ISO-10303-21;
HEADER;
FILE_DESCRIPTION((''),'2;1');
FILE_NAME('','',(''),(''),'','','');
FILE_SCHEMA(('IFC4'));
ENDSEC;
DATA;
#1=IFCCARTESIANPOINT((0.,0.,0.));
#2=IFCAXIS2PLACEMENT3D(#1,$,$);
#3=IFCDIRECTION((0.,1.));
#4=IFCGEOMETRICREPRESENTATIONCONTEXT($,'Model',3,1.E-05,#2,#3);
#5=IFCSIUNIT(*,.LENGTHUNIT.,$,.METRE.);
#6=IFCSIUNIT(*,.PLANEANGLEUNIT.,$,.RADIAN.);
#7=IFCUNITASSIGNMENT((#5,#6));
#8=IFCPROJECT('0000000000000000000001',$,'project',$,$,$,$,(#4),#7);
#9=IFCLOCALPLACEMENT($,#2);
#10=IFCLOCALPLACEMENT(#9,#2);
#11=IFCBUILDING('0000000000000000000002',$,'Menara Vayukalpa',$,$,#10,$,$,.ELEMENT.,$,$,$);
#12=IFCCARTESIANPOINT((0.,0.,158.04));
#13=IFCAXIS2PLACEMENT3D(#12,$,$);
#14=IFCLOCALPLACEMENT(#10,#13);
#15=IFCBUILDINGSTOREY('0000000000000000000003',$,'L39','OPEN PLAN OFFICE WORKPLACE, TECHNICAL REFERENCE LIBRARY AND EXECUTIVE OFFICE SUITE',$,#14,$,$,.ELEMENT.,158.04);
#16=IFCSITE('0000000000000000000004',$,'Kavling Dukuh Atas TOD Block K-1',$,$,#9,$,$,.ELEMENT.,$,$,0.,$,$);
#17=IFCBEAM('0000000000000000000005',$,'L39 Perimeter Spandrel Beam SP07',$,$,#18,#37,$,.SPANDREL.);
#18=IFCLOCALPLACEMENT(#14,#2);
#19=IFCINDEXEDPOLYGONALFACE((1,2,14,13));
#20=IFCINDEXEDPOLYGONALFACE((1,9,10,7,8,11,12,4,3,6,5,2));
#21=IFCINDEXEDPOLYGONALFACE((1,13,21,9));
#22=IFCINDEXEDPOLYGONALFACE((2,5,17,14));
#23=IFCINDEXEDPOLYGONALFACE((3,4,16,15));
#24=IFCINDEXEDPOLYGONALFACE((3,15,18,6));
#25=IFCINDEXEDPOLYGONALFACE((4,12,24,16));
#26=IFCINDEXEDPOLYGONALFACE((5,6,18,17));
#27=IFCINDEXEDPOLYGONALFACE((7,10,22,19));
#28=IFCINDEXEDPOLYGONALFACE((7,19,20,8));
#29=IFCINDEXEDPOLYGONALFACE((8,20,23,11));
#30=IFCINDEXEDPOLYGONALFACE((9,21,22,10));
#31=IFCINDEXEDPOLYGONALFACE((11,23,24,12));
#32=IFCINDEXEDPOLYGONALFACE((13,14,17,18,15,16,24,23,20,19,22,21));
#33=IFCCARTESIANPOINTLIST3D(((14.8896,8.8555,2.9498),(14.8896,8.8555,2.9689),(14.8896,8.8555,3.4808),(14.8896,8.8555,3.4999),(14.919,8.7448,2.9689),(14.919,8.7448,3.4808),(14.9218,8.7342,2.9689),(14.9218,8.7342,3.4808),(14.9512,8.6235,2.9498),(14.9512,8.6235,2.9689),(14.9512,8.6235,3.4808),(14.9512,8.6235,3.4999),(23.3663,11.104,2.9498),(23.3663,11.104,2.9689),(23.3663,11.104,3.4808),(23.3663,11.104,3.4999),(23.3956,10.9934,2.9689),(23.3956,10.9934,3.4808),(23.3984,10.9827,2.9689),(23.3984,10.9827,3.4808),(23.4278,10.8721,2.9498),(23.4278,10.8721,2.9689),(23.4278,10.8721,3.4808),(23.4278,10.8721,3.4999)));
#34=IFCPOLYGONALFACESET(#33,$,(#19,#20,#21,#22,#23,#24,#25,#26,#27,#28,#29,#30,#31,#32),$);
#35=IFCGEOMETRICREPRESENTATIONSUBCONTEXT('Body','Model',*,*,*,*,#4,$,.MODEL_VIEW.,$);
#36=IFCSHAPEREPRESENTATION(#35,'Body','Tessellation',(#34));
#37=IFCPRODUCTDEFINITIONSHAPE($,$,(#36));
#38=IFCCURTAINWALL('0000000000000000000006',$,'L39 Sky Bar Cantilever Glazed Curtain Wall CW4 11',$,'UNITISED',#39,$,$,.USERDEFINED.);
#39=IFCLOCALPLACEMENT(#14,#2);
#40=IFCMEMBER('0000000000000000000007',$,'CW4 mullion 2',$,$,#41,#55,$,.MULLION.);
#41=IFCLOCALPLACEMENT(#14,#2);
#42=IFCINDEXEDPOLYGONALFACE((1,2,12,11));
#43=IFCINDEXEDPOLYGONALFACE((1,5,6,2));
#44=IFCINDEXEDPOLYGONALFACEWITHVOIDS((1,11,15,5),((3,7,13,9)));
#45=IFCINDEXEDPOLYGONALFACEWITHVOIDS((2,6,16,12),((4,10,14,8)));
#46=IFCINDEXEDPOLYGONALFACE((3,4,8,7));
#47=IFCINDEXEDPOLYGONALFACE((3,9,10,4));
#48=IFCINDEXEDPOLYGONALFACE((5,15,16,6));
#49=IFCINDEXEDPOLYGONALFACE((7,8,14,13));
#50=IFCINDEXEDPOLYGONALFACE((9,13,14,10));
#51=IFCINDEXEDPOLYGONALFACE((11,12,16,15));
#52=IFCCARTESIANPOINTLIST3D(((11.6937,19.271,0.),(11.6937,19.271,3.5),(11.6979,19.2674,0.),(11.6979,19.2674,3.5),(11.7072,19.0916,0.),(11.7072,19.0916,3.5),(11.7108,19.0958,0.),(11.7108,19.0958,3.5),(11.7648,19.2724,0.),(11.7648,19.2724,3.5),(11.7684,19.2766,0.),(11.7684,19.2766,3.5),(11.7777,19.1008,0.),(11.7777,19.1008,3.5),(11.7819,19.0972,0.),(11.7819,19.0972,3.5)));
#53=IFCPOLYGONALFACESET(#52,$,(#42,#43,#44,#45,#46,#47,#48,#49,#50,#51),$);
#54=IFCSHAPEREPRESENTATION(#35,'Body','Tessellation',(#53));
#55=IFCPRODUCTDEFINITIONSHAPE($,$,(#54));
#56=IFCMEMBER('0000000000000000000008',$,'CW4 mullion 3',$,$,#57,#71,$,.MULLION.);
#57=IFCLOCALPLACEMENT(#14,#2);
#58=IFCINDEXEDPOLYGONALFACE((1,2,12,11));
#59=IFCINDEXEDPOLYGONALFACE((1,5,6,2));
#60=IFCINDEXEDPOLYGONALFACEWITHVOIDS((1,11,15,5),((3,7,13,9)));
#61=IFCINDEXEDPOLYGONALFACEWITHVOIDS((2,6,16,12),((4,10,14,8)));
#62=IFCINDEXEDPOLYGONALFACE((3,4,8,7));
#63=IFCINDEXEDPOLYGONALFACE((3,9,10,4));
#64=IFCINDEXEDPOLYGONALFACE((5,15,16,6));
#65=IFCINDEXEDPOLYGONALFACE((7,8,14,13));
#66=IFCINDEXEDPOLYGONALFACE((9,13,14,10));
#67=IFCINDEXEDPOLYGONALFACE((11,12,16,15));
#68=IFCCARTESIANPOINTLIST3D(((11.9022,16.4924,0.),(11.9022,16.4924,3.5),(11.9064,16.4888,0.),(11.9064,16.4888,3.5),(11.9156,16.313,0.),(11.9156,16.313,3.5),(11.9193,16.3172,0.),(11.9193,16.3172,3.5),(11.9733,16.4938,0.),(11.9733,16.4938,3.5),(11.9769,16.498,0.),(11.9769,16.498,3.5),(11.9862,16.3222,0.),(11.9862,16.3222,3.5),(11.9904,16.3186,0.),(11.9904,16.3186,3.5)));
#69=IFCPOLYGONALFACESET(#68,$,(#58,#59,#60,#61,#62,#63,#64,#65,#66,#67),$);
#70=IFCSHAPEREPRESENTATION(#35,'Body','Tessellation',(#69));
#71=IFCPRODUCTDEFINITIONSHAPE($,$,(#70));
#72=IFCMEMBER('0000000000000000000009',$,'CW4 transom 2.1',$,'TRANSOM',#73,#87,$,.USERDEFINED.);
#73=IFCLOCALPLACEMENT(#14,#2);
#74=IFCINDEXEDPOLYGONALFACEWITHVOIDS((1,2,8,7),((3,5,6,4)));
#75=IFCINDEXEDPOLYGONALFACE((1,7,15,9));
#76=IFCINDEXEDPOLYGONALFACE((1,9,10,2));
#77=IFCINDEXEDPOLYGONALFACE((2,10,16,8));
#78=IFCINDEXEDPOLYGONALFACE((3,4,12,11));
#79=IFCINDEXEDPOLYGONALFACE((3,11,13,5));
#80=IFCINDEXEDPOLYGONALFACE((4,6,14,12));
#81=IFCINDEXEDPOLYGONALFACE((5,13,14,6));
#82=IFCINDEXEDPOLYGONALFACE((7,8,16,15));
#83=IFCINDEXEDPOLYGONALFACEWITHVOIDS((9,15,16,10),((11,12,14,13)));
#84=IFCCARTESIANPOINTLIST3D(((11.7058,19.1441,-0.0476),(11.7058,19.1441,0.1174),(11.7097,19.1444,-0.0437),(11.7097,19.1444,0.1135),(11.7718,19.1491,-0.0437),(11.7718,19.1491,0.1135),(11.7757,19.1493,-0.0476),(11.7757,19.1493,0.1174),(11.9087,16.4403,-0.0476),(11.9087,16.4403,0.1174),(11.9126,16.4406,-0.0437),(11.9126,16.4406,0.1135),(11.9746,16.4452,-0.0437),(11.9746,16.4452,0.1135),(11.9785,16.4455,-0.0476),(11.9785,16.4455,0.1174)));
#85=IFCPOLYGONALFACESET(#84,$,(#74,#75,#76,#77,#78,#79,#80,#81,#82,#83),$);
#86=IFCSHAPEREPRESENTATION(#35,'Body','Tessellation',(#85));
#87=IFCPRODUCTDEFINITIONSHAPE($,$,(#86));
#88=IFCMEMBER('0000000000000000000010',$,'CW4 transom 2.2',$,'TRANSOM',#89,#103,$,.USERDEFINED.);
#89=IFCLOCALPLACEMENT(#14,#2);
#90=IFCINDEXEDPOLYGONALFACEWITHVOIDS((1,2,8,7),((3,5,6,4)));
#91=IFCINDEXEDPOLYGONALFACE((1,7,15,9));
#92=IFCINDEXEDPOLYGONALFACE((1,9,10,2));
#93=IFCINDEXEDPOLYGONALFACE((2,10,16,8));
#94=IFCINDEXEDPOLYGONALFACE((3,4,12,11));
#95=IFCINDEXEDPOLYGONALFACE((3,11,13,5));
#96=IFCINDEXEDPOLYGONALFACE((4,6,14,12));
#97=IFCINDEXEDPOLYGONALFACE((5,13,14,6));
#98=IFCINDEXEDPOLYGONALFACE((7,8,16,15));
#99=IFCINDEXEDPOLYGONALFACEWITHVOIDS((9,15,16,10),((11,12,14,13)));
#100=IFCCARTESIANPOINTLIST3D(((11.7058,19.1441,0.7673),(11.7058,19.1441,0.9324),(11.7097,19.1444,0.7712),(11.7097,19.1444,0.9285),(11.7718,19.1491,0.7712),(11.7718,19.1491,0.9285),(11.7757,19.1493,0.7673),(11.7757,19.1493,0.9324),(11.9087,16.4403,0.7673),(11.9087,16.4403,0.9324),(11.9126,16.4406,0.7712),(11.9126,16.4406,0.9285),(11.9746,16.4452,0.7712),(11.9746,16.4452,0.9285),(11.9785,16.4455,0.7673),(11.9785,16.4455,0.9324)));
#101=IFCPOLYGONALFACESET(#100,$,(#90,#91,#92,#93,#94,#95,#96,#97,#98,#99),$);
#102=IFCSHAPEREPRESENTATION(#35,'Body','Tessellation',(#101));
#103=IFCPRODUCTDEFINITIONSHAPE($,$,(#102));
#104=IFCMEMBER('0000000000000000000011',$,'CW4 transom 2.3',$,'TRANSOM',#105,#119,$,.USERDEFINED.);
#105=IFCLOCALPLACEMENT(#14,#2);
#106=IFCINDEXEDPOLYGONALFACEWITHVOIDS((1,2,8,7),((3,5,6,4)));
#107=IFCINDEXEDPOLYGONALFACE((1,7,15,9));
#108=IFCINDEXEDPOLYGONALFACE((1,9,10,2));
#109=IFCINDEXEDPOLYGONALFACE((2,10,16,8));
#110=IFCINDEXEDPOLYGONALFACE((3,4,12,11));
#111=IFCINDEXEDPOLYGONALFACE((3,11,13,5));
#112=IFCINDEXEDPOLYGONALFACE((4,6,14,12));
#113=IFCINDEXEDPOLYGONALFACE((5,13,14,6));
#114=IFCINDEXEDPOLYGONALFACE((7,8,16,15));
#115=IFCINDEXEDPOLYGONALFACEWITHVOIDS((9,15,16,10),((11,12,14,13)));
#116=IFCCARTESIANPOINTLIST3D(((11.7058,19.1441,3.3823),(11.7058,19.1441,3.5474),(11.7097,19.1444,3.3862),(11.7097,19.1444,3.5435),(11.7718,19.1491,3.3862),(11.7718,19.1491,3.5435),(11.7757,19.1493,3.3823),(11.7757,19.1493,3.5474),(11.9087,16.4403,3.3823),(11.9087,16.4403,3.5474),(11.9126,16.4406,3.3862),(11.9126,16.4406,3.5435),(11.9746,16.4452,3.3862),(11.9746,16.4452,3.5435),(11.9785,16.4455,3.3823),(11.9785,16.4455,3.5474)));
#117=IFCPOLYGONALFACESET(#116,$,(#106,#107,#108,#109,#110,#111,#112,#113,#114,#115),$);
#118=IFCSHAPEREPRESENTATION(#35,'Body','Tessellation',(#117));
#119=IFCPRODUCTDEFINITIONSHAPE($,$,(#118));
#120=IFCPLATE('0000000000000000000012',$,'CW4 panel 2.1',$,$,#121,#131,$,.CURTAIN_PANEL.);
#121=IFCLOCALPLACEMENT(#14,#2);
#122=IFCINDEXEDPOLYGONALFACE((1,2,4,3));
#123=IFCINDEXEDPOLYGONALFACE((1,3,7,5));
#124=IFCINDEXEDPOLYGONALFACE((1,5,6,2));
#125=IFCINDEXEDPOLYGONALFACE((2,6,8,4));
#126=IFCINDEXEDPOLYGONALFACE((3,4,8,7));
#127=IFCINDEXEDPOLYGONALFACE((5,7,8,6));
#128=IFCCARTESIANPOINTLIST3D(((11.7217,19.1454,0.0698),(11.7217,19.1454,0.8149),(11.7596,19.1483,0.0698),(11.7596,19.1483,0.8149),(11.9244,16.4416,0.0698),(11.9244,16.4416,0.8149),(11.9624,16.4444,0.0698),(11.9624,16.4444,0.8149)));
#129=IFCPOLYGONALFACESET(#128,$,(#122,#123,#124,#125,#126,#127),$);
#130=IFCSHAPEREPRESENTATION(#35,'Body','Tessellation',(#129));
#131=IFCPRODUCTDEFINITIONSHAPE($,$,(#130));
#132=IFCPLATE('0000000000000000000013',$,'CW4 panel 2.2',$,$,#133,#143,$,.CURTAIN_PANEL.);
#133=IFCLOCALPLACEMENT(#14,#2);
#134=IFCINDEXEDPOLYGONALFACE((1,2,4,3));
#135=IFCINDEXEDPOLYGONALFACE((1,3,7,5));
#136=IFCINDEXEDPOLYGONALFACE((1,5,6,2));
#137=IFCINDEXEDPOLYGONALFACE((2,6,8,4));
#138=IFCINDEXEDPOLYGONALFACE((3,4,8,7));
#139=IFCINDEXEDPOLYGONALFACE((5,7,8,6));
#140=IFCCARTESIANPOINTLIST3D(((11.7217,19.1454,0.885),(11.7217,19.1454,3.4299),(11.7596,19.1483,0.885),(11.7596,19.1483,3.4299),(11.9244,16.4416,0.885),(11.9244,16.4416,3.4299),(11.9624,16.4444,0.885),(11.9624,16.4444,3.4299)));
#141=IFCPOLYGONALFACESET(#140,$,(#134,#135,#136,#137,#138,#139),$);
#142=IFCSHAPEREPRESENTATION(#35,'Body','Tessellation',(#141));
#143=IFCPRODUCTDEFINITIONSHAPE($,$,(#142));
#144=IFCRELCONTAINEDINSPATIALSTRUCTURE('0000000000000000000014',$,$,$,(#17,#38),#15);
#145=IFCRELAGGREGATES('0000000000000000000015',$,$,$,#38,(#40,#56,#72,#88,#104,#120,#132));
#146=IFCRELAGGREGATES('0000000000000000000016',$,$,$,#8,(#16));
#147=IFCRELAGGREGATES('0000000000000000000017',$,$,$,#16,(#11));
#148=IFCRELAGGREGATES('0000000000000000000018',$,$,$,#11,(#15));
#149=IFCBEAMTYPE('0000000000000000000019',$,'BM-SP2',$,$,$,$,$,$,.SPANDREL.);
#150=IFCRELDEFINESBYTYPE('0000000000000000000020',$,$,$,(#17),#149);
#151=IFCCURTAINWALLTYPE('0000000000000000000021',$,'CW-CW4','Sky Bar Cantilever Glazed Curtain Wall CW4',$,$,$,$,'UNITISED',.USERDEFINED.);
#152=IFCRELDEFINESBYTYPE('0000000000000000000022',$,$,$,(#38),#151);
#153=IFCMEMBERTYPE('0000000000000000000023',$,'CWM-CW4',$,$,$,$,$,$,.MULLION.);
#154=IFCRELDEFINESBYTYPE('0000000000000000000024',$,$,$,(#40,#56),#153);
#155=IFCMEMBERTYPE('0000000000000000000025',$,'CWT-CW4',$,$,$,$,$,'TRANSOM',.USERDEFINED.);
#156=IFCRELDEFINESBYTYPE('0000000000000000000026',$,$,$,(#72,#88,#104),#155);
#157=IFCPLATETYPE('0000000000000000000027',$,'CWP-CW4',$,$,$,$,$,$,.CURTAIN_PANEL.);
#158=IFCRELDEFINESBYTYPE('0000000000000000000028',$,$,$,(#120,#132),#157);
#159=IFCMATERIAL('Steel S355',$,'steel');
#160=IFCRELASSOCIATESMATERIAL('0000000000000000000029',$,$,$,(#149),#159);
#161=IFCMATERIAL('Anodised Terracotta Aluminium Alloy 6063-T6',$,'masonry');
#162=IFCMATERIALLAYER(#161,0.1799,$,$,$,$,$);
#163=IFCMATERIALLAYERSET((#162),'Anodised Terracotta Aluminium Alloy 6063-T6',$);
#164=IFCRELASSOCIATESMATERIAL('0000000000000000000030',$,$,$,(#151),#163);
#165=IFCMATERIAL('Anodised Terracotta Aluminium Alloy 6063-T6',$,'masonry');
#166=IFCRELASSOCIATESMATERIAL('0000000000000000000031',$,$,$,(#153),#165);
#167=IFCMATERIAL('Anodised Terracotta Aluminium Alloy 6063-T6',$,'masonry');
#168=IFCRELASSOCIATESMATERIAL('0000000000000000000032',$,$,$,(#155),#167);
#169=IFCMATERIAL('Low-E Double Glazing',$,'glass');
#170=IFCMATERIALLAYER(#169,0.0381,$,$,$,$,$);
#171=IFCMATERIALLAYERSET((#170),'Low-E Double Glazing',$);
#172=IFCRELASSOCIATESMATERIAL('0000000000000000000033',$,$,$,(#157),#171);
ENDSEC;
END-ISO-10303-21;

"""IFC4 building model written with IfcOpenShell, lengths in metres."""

from ifc_helpers import new_model, si_unit, direction, frame, origin, origin_2d, place, context, subcontext, project, spatial, rectangle, hollow_rectangle, i_section, extrude, material, layer, layer_set, material_profile, profile_set, type_object, element, aggregate, save


model = new_model("IFC4")

# Units and contexts
model_context = context("Model", 3, precision=1e-05, world=origin(), true_north=direction((0.0, 1.0)))
body_context = subcontext(model_context, "Body", "Model", "MODEL_VIEW")
ifc_project = project(units=[si_unit("LENGTHUNIT", "METRE"), si_unit("PLANEANGLEUNIT", "RADIAN")], contexts=[model_context])

# Site, building, storey
site_placement = place(None, origin())
site = spatial("IfcSite", under=ifc_project, at=site_placement, Name="Kavling Dukuh Atas TOD Block K-1", CompositionType="ELEMENT", RefElevation=0.0)
building_placement = place(site_placement, origin())
building = spatial("IfcBuilding", under=site, at=building_placement, Name="Menara Vayukalpa", CompositionType="ELEMENT")
storey_placement = place(building_placement, frame((0.0, 0.0, 158.04)))
storey = spatial("IfcBuildingStorey", under=building, at=storey_placement, Name="L39", Description="OPEN PLAN OFFICE WORKPLACE, TECHNICAL REFERENCE LIBRARY AND EXECUTIVE OFFICE SUITE", CompositionType="ELEMENT", Elevation=158.04)

# Beam
ifc_material_1 = material(Name="Steel S355", Category="steel")
ifc_material_profile_1 = material_profile(ifc_material_1, i_section(OverallWidth=0.24, OverallDepth=0.55, WebThickness=0.011, FlangeThickness=0.019, at=origin_2d()), Name="WF 550x240x11x19")
ifc_profile_set_1 = profile_set([ifc_material_profile_1], Name="Steel S355")
beam_type_1 = type_object("IfcBeamType", Name="BM-SP2", PredefinedType="SPANDREL", material=ifc_profile_set_1)
beam_1_placement = place(storey_placement, frame((14.9204, 8.7395, 3.2249), z_axis=(0.966571, 0.256398, 0.0), x_axis=(-0.256398, 0.966571, 0.0)))
element("IfcBeam", 1, at=beam_1_placement, inside=storey, type_object=beam_type_1, Name="L39 Perimeter Spandrel Beam SP07", PredefinedType="SPANDREL", context=body_context, shape_type="SweptSolid", body=[
    extrude(i_section(OverallWidth=0.24, OverallDepth=0.55, WebThickness=0.011, FlangeThickness=0.019, at=origin_2d()), origin(), (0.0, 0.0, 1.0), 8.7698),
])

# Curtain wall, members, plates
ifc_material_2 = material(Name="Anodised Terracotta Aluminium Alloy 6063-T6", Category="masonry")
ifc_layer_1 = layer(ifc_material_2, 0.1799)
ifc_layer_set_1 = layer_set([ifc_layer_1], Name="Anodised Terracotta Aluminium Alloy 6063-T6")
curtain_wall_type = type_object("IfcCurtainWallType", Name="CW-CW4", Description="Sky Bar Cantilever Glazed Curtain Wall CW4", ElementType="UNITISED", PredefinedType="USERDEFINED", material=ifc_layer_set_1)
curtain_wall_placement = place(storey_placement, origin())
curtain_wall = element("IfcCurtainWall", 2, at=curtain_wall_placement, inside=storey, type_object=curtain_wall_type, Name="L39 Sky Bar Cantilever Glazed Curtain Wall CW4 11", ObjectType="UNITISED", PredefinedType="USERDEFINED")
ifc_material_3 = material(Name="Anodised Terracotta Aluminium Alloy 6063-T6", Category="masonry")
ifc_material_profile_2 = material_profile(ifc_material_3, hollow_rectangle(XDim=0.075, YDim=0.1799, WallThickness=0.0039, at=origin_2d()), Name="ALU 75x180x4")
ifc_profile_set_2 = profile_set([ifc_material_profile_2], Name="Anodised Terracotta Aluminium Alloy 6063-T6")
member_type_1 = type_object("IfcMemberType", Name="CWM-CW4", PredefinedType="MULLION", material=ifc_profile_set_2)
member_1_placement = place(storey_placement, frame((11.7378, 19.1841, 0.0), z_axis=(0.0, 0.0, 1.0), x_axis=(0.997199, 0.074793, 0.0)))
member_1 = element("IfcMember", 3, at=member_1_placement, type_object=member_type_1, Name="CW4 mullion 2", PredefinedType="MULLION", context=body_context, shape_type="SweptSolid", body=[
    extrude(hollow_rectangle(XDim=0.075, YDim=0.1799, WallThickness=0.0039, at=origin_2d()), origin(), (0.0, 0.0, 1.0), 3.5),
])
member_2_placement = place(storey_placement, frame((11.9463, 16.4055, 0.0), z_axis=(0.0, 0.0, 1.0), x_axis=(0.997199, 0.074793, 0.0)))
member_2 = element("IfcMember", 4, at=member_2_placement, type_object=member_type_1, Name="CW4 mullion 3", PredefinedType="MULLION", context=body_context, shape_type="SweptSolid", body=[
    extrude(hollow_rectangle(XDim=0.075, YDim=0.1799, WallThickness=0.0039, at=origin_2d()), origin(), (0.0, 0.0, 1.0), 3.5),
])
ifc_material_4 = material(Name="Anodised Terracotta Aluminium Alloy 6063-T6", Category="masonry")
ifc_material_profile_3 = material_profile(ifc_material_4, hollow_rectangle(XDim=0.0701, YDim=0.165, WallThickness=0.0039, at=origin_2d()), Name="ALU 70x165x4")
ifc_profile_set_3 = profile_set([ifc_material_profile_3], Name="Anodised Terracotta Aluminium Alloy 6063-T6")
member_type_2 = type_object("IfcMemberType", Name="CWT-CW4", ElementType="TRANSOM", PredefinedType="USERDEFINED", material=ifc_profile_set_3)
member_3_placement = place(storey_placement, frame((11.7407, 19.1467, 0.0349), z_axis=(0.074824, -0.997197, 0.0), x_axis=(0.997197, 0.074824, 0.0)))
member_3 = element("IfcMember", 5, at=member_3_placement, type_object=member_type_2, Name="CW4 transom 2.1", ObjectType="TRANSOM", PredefinedType="USERDEFINED", context=body_context, shape_type="SweptSolid", body=[
    extrude(hollow_rectangle(XDim=0.0701, YDim=0.165, WallThickness=0.0039, at=origin_2d()), origin(), (0.0, 0.0, 1.0), 2.7114),
])
member_4_placement = place(storey_placement, frame((11.7407, 19.1467, 0.8499), z_axis=(0.074824, -0.997197, 0.0), x_axis=(0.997197, 0.074824, 0.0)))
member_4 = element("IfcMember", 6, at=member_4_placement, type_object=member_type_2, Name="CW4 transom 2.2", ObjectType="TRANSOM", PredefinedType="USERDEFINED", context=body_context, shape_type="SweptSolid", body=[
    extrude(hollow_rectangle(XDim=0.0701, YDim=0.165, WallThickness=0.0039, at=origin_2d()), origin(), (0.0, 0.0, 1.0), 2.7114),
])
member_5_placement = place(storey_placement, frame((11.7407, 19.1467, 3.4648), z_axis=(0.074824, -0.997197, 0.0), x_axis=(0.997197, 0.074824, 0.0)))
member_5 = element("IfcMember", 7, at=member_5_placement, type_object=member_type_2, Name="CW4 transom 2.3", ObjectType="TRANSOM", PredefinedType="USERDEFINED", context=body_context, shape_type="SweptSolid", body=[
    extrude(hollow_rectangle(XDim=0.0701, YDim=0.165, WallThickness=0.0039, at=origin_2d()), origin(), (0.0, 0.0, 1.0), 2.7114),
])
ifc_material_5 = material(Name="Low-E Double Glazing", Category="glass")
ifc_layer_2 = layer(ifc_material_5, 0.0381)
ifc_layer_set_2 = layer_set([ifc_layer_2], Name="Low-E Double Glazing")
plate_type = type_object("IfcPlateType", Name="CWP-CW4", PredefinedType="CURTAIN_PANEL", material=ifc_layer_set_2)
plate_1_placement = place(storey_placement, frame((11.842, 17.7949, 0.0698), z_axis=(0.0, 0.0, 1.0), x_axis=(0.074793, -0.997199, 0.0)))
plate_1 = element("IfcPlate", 8, at=plate_1_placement, type_object=plate_type, Name="CW4 panel 2.1", PredefinedType="CURTAIN_PANEL", context=body_context, shape_type="SweptSolid", body=[
    extrude(rectangle(XDim=2.7114, YDim=0.0381, at=origin_2d()), origin(), (0.0, 0.0, 1.0), 0.7451),
])
plate_2_placement = place(storey_placement, frame((11.842, 17.7949, 0.885), z_axis=(0.0, 0.0, 1.0), x_axis=(0.074793, -0.997199, 0.0)))
plate_2 = element("IfcPlate", 9, at=plate_2_placement, type_object=plate_type, Name="CW4 panel 2.2", PredefinedType="CURTAIN_PANEL", context=body_context, shape_type="SweptSolid", body=[
    extrude(rectangle(XDim=2.7114, YDim=0.0381, at=origin_2d()), origin(), (0.0, 0.0, 1.0), 2.5449),
])
aggregate(curtain_wall, [member_1, member_2, member_3, member_4, member_5, plate_1, plate_2])

save(model, "model.ifc")
